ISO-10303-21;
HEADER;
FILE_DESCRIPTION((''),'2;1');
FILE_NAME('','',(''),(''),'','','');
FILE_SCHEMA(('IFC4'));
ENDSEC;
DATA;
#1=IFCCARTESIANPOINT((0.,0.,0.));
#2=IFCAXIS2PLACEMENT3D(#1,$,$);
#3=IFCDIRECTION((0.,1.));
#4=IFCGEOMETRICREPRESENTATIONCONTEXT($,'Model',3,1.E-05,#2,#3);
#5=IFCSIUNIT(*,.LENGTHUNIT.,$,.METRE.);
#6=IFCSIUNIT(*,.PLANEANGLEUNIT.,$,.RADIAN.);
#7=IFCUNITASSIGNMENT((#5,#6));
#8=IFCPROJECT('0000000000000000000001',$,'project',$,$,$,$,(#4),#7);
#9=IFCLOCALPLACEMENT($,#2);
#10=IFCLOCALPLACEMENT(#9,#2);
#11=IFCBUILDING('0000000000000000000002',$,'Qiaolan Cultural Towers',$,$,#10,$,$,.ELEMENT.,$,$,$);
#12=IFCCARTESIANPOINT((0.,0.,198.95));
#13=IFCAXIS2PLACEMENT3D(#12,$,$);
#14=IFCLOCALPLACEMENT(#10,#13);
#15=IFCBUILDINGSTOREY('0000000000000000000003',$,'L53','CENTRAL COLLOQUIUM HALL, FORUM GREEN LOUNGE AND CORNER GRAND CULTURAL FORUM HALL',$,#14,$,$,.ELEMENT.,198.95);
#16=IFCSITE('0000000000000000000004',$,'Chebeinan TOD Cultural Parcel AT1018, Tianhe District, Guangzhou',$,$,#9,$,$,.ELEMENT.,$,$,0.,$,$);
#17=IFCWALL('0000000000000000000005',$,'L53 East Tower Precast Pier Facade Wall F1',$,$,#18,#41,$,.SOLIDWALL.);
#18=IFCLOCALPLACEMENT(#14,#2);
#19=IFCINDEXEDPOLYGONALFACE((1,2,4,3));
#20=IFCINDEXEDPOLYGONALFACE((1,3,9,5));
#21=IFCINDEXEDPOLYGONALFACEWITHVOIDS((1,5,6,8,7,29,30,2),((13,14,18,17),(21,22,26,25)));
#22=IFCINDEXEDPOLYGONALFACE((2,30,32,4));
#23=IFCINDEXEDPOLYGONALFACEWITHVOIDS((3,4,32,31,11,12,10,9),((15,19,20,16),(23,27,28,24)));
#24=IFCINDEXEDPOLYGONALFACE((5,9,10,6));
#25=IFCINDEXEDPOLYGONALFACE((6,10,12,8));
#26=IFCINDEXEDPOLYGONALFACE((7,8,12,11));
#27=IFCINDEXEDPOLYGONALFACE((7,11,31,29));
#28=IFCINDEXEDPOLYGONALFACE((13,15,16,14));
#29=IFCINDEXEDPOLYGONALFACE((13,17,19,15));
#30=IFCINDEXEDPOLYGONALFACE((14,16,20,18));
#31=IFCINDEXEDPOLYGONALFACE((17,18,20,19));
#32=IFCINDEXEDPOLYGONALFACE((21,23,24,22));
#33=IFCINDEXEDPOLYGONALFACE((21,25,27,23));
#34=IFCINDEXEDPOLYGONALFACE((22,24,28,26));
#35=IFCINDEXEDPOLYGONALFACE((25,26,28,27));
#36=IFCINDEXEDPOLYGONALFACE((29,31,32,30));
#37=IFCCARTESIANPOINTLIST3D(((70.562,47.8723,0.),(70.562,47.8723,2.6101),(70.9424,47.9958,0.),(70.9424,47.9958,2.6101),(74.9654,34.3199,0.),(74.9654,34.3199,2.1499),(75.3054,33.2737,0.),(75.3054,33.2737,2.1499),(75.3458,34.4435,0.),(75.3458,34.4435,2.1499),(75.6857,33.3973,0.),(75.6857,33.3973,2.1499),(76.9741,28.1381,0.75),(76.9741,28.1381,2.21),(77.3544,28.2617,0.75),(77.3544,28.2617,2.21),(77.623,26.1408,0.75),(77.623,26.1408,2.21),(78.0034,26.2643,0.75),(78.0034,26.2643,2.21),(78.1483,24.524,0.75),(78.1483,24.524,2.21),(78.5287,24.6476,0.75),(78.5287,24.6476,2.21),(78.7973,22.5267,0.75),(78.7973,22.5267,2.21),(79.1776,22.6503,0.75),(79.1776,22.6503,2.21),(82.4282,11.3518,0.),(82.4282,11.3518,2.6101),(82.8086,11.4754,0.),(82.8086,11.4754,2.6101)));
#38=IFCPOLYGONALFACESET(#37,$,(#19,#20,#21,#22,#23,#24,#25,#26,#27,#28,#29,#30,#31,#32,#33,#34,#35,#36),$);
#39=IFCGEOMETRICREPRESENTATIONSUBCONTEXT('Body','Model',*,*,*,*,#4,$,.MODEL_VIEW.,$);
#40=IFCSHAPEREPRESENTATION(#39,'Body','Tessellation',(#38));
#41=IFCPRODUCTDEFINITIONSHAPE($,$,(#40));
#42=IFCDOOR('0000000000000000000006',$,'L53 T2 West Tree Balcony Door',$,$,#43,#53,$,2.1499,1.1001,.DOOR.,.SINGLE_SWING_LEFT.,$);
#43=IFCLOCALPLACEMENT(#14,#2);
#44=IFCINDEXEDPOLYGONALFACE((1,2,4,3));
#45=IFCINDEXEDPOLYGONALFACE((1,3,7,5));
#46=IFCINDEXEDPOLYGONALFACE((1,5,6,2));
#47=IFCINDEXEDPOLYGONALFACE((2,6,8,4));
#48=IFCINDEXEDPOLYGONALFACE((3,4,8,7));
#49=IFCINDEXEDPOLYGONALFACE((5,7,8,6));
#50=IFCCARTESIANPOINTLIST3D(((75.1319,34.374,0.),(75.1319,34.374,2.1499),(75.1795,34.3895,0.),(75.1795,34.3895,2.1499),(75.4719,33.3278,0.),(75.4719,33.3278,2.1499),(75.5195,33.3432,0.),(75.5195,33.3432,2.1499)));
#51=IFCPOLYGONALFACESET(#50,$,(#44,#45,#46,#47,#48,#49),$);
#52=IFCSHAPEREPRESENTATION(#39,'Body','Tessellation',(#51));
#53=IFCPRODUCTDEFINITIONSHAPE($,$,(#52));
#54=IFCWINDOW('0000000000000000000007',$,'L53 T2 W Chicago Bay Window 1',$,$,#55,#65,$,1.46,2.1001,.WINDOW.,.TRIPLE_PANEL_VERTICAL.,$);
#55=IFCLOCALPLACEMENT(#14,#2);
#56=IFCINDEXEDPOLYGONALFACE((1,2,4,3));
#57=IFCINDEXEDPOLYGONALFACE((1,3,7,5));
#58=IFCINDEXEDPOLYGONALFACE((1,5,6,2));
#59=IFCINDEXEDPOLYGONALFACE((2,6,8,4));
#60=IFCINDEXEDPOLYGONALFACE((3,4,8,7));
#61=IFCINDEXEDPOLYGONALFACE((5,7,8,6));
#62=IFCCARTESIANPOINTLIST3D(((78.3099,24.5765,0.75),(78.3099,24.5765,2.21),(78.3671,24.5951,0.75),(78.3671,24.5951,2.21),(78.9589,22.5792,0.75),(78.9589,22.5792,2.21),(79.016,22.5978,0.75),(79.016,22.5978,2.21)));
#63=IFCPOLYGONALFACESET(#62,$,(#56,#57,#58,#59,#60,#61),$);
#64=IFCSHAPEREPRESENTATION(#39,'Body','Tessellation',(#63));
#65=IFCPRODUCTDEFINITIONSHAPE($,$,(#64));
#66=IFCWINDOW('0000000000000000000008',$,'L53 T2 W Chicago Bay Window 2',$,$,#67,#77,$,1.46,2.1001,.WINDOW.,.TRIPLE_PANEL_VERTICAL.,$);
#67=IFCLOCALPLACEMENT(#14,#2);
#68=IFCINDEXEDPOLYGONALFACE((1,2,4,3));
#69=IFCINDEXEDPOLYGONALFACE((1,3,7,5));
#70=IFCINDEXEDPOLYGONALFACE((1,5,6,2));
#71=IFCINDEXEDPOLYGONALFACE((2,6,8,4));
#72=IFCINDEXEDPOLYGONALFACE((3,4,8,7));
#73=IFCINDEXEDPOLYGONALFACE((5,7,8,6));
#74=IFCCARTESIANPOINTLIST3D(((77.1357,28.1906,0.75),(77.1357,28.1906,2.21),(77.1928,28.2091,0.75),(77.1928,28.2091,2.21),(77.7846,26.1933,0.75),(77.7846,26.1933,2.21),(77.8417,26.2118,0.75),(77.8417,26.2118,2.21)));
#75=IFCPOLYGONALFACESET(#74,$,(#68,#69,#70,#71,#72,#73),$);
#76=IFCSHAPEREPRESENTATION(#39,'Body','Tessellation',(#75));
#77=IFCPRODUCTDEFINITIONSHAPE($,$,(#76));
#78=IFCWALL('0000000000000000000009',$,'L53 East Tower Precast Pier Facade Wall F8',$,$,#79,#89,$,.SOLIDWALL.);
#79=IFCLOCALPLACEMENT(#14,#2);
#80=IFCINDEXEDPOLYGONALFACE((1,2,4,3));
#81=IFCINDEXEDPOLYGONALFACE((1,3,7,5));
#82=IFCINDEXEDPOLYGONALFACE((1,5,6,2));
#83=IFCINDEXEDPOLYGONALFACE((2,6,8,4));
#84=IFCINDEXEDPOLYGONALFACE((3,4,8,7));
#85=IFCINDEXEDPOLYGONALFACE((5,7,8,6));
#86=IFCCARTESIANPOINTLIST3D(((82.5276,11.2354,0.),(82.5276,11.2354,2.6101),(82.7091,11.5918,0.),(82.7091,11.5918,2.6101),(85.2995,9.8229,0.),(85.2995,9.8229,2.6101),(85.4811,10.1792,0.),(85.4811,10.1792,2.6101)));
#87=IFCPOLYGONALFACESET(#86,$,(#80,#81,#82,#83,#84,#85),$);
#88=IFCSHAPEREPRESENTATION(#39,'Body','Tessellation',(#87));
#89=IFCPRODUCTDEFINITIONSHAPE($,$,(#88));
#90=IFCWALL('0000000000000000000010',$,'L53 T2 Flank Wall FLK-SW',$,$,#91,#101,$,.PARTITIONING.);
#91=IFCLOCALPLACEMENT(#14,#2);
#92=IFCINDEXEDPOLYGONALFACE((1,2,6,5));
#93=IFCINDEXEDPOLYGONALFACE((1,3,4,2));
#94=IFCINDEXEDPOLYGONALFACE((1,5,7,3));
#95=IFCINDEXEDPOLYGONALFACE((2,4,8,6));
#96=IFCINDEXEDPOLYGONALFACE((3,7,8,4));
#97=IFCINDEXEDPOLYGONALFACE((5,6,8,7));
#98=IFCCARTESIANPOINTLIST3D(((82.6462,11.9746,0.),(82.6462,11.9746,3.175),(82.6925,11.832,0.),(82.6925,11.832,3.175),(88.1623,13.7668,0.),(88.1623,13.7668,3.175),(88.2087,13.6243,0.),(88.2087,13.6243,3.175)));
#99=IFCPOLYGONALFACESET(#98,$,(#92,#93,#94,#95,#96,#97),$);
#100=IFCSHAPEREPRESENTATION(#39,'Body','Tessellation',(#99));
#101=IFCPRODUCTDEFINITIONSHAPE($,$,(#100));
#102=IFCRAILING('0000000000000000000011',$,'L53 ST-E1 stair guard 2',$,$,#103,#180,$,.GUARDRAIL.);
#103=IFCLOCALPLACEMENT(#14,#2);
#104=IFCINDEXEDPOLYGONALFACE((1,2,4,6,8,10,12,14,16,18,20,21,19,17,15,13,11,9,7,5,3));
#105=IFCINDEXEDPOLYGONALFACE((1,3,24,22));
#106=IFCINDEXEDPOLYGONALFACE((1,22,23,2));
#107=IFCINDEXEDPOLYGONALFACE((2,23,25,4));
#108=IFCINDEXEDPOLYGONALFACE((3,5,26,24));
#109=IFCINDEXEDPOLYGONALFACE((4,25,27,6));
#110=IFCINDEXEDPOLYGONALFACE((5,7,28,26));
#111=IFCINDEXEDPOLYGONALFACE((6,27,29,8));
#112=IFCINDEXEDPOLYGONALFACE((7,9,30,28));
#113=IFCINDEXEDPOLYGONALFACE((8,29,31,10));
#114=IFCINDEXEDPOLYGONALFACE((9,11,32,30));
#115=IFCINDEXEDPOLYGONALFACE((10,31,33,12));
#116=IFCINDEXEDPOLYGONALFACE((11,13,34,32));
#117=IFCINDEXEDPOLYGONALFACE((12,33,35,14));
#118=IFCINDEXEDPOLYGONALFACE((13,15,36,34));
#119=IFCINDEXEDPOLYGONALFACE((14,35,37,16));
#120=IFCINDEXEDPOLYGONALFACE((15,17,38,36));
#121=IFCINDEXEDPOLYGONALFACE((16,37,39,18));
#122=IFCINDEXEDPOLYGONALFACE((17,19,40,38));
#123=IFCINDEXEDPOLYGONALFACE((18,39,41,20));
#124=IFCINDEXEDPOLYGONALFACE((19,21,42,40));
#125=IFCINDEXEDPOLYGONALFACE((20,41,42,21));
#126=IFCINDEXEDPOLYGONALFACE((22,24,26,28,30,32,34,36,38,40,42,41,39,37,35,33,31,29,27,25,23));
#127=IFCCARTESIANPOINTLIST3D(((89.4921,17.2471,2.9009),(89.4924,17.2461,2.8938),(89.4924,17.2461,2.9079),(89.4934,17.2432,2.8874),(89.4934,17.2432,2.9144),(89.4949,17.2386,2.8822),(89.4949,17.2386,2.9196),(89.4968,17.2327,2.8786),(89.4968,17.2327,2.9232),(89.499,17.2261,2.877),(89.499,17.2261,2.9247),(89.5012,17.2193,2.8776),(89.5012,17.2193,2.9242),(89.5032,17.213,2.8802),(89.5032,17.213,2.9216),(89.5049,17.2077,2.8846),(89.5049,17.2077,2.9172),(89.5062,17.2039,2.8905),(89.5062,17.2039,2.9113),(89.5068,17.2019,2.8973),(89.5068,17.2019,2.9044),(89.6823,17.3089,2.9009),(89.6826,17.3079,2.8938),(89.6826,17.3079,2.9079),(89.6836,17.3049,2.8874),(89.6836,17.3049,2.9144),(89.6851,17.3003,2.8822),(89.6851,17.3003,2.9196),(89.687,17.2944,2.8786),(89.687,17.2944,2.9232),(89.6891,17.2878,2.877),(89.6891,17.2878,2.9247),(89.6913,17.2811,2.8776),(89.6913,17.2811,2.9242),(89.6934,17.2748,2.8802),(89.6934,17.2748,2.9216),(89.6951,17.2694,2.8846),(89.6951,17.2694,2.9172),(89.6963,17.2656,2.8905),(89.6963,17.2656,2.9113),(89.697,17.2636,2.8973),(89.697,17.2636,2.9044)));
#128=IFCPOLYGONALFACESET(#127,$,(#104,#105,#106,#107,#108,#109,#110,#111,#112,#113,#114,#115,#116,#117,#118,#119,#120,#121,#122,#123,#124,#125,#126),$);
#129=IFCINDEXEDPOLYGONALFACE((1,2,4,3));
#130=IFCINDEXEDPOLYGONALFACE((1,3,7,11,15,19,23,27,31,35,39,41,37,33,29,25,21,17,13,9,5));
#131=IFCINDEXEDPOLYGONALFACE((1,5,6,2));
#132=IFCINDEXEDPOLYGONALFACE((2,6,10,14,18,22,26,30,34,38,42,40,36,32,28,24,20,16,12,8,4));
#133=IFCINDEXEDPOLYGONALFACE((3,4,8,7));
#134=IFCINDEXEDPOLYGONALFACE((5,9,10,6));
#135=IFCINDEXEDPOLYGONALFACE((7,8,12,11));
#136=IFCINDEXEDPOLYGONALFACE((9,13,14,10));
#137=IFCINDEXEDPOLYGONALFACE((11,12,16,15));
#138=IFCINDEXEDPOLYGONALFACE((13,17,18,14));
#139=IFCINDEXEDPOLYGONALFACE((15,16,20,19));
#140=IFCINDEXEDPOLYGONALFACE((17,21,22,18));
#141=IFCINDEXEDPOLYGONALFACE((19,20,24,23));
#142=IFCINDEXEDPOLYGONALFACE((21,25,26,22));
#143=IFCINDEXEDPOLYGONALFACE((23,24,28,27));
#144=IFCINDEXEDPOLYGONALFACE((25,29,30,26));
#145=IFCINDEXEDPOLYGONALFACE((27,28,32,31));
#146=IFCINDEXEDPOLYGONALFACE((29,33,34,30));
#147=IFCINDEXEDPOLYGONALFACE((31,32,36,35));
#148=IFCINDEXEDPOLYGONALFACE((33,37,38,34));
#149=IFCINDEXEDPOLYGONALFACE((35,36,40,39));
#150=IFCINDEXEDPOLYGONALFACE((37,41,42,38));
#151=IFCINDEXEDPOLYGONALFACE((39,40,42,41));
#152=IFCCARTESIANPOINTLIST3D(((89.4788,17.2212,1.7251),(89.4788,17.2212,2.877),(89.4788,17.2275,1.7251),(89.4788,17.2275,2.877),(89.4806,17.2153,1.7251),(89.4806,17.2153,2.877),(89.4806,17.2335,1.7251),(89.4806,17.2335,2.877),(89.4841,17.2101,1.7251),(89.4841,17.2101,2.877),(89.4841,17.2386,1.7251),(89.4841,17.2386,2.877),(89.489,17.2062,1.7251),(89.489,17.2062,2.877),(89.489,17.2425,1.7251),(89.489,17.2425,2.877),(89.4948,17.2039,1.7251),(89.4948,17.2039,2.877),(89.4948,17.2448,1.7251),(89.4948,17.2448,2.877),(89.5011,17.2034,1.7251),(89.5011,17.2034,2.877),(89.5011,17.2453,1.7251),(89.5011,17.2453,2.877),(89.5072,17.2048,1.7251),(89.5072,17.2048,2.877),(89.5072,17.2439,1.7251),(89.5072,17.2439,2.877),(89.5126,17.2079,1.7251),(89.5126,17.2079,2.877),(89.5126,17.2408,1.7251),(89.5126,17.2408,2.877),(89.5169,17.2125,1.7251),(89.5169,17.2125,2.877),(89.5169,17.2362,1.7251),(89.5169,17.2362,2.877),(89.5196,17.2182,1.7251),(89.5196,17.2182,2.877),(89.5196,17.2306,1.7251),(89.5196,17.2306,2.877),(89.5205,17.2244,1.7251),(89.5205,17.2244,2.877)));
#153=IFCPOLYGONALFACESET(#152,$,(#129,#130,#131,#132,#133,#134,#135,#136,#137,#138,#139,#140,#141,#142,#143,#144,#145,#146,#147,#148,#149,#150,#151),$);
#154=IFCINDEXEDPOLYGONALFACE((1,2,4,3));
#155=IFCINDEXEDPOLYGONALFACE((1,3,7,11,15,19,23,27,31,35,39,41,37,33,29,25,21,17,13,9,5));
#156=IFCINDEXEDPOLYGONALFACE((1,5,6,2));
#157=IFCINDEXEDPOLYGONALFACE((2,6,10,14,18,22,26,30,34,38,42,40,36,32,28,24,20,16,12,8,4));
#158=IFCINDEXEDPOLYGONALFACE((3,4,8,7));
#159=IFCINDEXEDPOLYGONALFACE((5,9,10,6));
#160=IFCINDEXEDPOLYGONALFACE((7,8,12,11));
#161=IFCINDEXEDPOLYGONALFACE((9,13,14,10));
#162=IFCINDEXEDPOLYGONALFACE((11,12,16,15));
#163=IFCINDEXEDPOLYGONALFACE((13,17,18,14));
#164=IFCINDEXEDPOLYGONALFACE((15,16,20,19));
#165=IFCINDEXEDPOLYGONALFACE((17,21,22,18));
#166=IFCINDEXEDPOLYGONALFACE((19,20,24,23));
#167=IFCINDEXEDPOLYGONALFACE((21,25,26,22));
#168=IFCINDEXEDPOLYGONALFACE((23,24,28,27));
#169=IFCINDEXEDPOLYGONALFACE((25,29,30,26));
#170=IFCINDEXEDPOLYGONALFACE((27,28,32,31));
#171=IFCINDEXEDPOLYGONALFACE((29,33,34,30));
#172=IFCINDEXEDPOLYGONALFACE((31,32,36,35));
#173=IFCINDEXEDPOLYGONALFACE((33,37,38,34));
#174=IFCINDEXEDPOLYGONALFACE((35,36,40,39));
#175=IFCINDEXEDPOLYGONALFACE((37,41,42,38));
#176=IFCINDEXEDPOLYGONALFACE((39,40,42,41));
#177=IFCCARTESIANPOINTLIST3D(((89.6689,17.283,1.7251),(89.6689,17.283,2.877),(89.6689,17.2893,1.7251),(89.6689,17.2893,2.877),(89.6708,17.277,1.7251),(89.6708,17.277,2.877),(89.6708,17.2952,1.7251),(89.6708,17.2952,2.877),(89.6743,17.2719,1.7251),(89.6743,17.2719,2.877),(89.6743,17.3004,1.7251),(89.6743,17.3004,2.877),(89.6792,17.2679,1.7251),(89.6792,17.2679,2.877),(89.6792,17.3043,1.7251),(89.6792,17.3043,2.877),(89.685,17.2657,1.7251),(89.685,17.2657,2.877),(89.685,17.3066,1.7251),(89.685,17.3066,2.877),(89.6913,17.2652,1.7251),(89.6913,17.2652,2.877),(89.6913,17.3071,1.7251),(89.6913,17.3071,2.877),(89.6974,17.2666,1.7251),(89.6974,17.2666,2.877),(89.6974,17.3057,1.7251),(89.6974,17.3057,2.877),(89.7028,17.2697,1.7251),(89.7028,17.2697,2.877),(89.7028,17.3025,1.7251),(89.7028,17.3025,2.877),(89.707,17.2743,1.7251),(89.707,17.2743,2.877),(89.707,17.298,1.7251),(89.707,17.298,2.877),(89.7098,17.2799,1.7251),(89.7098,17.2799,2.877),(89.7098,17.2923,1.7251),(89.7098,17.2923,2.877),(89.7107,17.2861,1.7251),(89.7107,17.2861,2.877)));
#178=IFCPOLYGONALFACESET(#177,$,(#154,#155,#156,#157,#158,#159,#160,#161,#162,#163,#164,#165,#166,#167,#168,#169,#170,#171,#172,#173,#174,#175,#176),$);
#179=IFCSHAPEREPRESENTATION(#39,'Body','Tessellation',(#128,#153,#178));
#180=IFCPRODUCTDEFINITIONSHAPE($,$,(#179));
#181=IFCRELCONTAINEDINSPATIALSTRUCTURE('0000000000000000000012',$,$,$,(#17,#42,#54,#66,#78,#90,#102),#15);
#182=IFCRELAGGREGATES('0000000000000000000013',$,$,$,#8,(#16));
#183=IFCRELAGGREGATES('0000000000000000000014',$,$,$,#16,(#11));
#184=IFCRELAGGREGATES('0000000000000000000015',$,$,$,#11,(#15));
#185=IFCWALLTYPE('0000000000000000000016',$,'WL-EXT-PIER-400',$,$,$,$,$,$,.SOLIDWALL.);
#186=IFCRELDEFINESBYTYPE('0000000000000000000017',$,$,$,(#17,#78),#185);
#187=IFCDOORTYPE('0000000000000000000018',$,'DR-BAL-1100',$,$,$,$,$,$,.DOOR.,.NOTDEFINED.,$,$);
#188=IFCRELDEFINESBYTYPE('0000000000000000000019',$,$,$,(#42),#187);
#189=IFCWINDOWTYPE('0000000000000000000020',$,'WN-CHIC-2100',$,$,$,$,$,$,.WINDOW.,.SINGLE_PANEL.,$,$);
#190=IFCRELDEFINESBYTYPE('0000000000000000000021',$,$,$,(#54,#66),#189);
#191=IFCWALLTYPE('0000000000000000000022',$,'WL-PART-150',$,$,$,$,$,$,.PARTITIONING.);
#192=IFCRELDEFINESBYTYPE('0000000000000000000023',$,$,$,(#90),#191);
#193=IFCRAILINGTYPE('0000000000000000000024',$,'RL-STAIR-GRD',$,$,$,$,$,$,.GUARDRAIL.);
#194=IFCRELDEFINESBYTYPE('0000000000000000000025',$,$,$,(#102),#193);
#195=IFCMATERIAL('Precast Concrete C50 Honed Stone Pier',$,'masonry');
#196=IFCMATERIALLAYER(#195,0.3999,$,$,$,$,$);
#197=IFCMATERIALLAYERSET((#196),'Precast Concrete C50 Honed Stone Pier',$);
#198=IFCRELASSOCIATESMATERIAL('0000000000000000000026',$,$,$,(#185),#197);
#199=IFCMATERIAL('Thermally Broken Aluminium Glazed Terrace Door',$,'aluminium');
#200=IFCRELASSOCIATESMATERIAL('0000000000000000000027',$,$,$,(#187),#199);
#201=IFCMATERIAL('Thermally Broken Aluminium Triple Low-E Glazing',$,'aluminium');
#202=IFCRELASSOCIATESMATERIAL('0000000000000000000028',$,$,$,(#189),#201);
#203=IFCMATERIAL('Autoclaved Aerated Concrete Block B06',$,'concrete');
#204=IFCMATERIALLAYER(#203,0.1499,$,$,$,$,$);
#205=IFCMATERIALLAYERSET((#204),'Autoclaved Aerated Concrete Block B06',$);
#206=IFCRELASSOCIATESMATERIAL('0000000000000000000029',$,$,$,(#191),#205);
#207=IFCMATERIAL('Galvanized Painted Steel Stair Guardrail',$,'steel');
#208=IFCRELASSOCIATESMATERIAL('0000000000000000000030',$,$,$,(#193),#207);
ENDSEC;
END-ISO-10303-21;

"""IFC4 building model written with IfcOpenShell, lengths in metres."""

from ifc_helpers import new_model, si_unit, direction, frame, frame_2d, origin, origin_2d, place, context, subcontext, project, spatial, rectangle, circle, extrude, material, layer, layer_set, type_object, element, fill, save


model = new_model("IFC4")

# Units and contexts
model_context = context("Model", 3, precision=1e-05, world=origin(), true_north=direction((0.0, 1.0)))
body_context = subcontext(model_context, "Body", "Model", "MODEL_VIEW")
ifc_project = project(units=[si_unit("LENGTHUNIT", "METRE"), si_unit("PLANEANGLEUNIT", "RADIAN")], contexts=[model_context])

# Site, building, storey
site_placement = place(None, origin())
site = spatial("IfcSite", under=ifc_project, at=site_placement, Name="Chebeinan TOD Cultural Parcel AT1018, Tianhe District, Guangzhou", CompositionType="ELEMENT", RefElevation=0.0)
building_placement = place(site_placement, origin())
building = spatial("IfcBuilding", under=site, at=building_placement, Name="Qiaolan Cultural Towers", CompositionType="ELEMENT")
storey_placement = place(building_placement, frame((0.0, 0.0, 198.95)))
storey = spatial("IfcBuildingStorey", under=building, at=storey_placement, Name="L53", Description="CENTRAL COLLOQUIUM HALL, FORUM GREEN LOUNGE AND CORNER GRAND CULTURAL FORUM HALL", CompositionType="ELEMENT", Elevation=198.95)

# Wall, openings, door, windows
ifc_material_1 = material(Name="Precast Concrete C50 Honed Stone Pier", Category="masonry")
ifc_layer_1 = layer(ifc_material_1, 0.3999)
ifc_layer_set_1 = layer_set([ifc_layer_1], Name="Precast Concrete C50 Honed Stone Pier")
wall_type_1 = type_object("IfcWallType", Name="WL-EXT-PIER-400", PredefinedType="SOLIDWALL", material=ifc_layer_set_1)
wall_1_placement = place(storey_placement, frame((82.6184, 11.4136, 0.0), z_axis=(0.0, 0.0, 1.0), x_axis=(-0.309016, 0.951057, 0.0)))
wall_1 = element("IfcWall", 1, at=wall_1_placement, inside=storey, type_object=wall_type_1, Name="L53 East Tower Precast Pier Facade Wall F1", PredefinedType="SOLIDWALL", context=body_context, shape_type="SweptSolid", body=[
    extrude(rectangle(XDim=38.3999, YDim=0.3999, at=frame_2d((19.2, 0.0))), origin(), (0.0, 0.0, 1.0), 2.6101),
])
opening_1_placement = place(wall_1_placement, frame((11.75, 0.0, 0.75)))
opening_1 = element("IfcOpeningElement", 2, at=opening_1_placement, cuts=wall_1, PredefinedType="OPENING", context=body_context, shape_type="SweptSolid", body=[
    extrude(rectangle(XDim=2.1001, YDim=1.46, at=frame_2d((1.05, 0.73))), frame((0.0, 0.21, 0.0), z_axis=(0.0, -1.0, 0.0), x_axis=(1.0, 0.0, 0.0)), (0.0, 0.0, 1.0), 0.4199),
])
opening_2_placement = place(wall_1_placement, frame((15.55, 0.0, 0.75)))
opening_2 = element("IfcOpeningElement", 3, at=opening_2_placement, cuts=wall_1, PredefinedType="OPENING", context=body_context, shape_type="SweptSolid", body=[
    extrude(rectangle(XDim=2.1001, YDim=1.46, at=frame_2d((1.05, 0.73))), frame((0.0, 0.21, 0.0), z_axis=(0.0, -1.0, 0.0), x_axis=(1.0, 0.0, 0.0)), (0.0, 0.0, 1.0), 0.4199),
])
opening_3_placement = place(wall_1_placement, frame((23.05, 0.0, 0.0)))
opening_3 = element("IfcOpeningElement", 4, at=opening_3_placement, cuts=wall_1, PredefinedType="OPENING", context=body_context, shape_type="SweptSolid", body=[
    extrude(rectangle(XDim=1.1001, YDim=2.1499, at=frame_2d((0.55, 1.075))), frame((0.0, 0.21, 0.0), z_axis=(0.0, -1.0, 0.0), x_axis=(1.0, 0.0, 0.0)), (0.0, 0.0, 1.0), 0.4199),
])
ifc_material_2 = material(Name="Thermally Broken Aluminium Glazed Terrace Door", Category="aluminium")
door_type = type_object("IfcDoorType", Name="DR-BAL-1100", OperationType="NOTDEFINED", PredefinedType="DOOR", material=ifc_material_2)
door_placement = place(opening_3_placement, origin())
door = element("IfcDoor", 5, at=door_placement, inside=storey, type_object=door_type, Name="L53 T2 West Tree Balcony Door", OperationType="SINGLE_SWING_LEFT", OverallHeight=2.1499, OverallWidth=1.1001, PredefinedType="DOOR", context=body_context, shape_type="SweptSolid", body=[
    extrude(rectangle(XDim=1.1001, YDim=2.1499, at=frame_2d((0.55, 1.075))), frame((0.0, 0.0249, 0.0), z_axis=(0.0, -1.0, 0.0), x_axis=(1.0, 0.0, 0.0)), (0.0, 0.0, 1.0), 0.05),
])
fill(opening_3, door)
ifc_material_3 = material(Name="Thermally Broken Aluminium Triple Low-E Glazing", Category="aluminium")
window_type = type_object("IfcWindowType", Name="WN-CHIC-2100", PartitioningType="SINGLE_PANEL", PredefinedType="WINDOW", material=ifc_material_3)
window_1_placement = place(opening_1_placement, origin())
window_1 = element("IfcWindow", 6, at=window_1_placement, inside=storey, type_object=window_type, Name="L53 T2 W Chicago Bay Window 1", OverallHeight=1.46, OverallWidth=2.1001, PartitioningType="TRIPLE_PANEL_VERTICAL", PredefinedType="WINDOW", context=body_context, shape_type="SweptSolid", body=[
    extrude(rectangle(XDim=2.1001, YDim=1.46, at=frame_2d((1.05, 0.73))), frame((0.0, 0.03, 0.0), z_axis=(0.0, -1.0, 0.0), x_axis=(1.0, 0.0, 0.0)), (0.0, 0.0, 1.0), 0.0601),
])
fill(opening_1, window_1)
window_2_placement = place(opening_2_placement, origin())
window_2 = element("IfcWindow", 7, at=window_2_placement, inside=storey, type_object=window_type, Name="L53 T2 W Chicago Bay Window 2", OverallHeight=1.46, OverallWidth=2.1001, PartitioningType="TRIPLE_PANEL_VERTICAL", PredefinedType="WINDOW", context=body_context, shape_type="SweptSolid", body=[
    extrude(rectangle(XDim=2.1001, YDim=1.46, at=frame_2d((1.05, 0.73))), frame((0.0, 0.03, 0.0), z_axis=(0.0, -1.0, 0.0), x_axis=(1.0, 0.0, 0.0)), (0.0, 0.0, 1.0), 0.0601),
])
fill(opening_2, window_2)

# Walls
wall_2_placement = place(storey_placement, frame((85.3904, 10.001, 0.0), z_axis=(0.0, 0.0, 1.0), x_axis=(-0.89098, 0.454043, 0.0)))
element("IfcWall", 8, at=wall_2_placement, inside=storey, type_object=wall_type_1, Name="L53 East Tower Precast Pier Facade Wall F8", PredefinedType="SOLIDWALL", context=body_context, shape_type="SweptSolid", body=[
    extrude(rectangle(XDim=3.1111, YDim=0.3999, at=frame_2d((1.5557, 0.0))), origin(), (0.0, 0.0, 1.0), 2.6101),
])
ifc_material_4 = material(Name="Autoclaved Aerated Concrete Block B06", Category="concrete")
ifc_layer_2 = layer(ifc_material_4, 0.1499)
ifc_layer_set_2 = layer_set([ifc_layer_2], Name="Autoclaved Aerated Concrete Block B06")
wall_type_2 = type_object("IfcWallType", Name="WL-PART-150", PredefinedType="PARTITIONING", material=ifc_layer_set_2)
wall_3_placement = place(storey_placement, frame((82.6694, 11.9033, 0.0), z_axis=(0.0, 0.0, 1.0), x_axis=(0.951059, 0.309008, 0.0)))
element("IfcWall", 9, at=wall_3_placement, inside=storey, type_object=wall_type_2, Name="L53 T2 Flank Wall FLK-SW", PredefinedType="PARTITIONING", context=body_context, shape_type="SweptSolid", body=[
    extrude(rectangle(XDim=5.8, YDim=0.1499, at=frame_2d((2.8999, 0.0))), origin(), (0.0, 0.0, 1.0), 3.175),
])

# Railing
ifc_material_5 = material(Name="Galvanized Painted Steel Stair Guardrail", Category="steel")
railing_type = type_object("IfcRailingType", Name="RL-STAIR-GRD", PredefinedType="GUARDRAIL", material=ifc_material_5)
railing_1_placement = place(storey_placement, frame((89.4995, 17.2244, 1.7251)))
element("IfcRailing", 10, at=railing_1_placement, inside=storey, type_object=railing_type, Name="L53 ST-E1 stair guard 2", PredefinedType="GUARDRAIL", context=body_context, shape_type="SweptSolid", body=[
    extrude(circle(Radius=0.0239, at=origin_2d()), frame((0.0, 0.0, 1.1758), z_axis=(0.951097, 0.308893, 0.0), x_axis=(-0.308893, 0.951097, 0.0)), (0.0, 0.0, 1.0), 0.2),
    extrude(circle(Radius=0.021, at=origin_2d()), origin(), (0.0, 0.0, 1.0), 1.1519),
    extrude(circle(Radius=0.021, at=origin_2d()), frame((0.1902, 0.0618, 0.0)), (0.0, 0.0, 1.0), 1.1519),
])

save(model, "model.ifc")
